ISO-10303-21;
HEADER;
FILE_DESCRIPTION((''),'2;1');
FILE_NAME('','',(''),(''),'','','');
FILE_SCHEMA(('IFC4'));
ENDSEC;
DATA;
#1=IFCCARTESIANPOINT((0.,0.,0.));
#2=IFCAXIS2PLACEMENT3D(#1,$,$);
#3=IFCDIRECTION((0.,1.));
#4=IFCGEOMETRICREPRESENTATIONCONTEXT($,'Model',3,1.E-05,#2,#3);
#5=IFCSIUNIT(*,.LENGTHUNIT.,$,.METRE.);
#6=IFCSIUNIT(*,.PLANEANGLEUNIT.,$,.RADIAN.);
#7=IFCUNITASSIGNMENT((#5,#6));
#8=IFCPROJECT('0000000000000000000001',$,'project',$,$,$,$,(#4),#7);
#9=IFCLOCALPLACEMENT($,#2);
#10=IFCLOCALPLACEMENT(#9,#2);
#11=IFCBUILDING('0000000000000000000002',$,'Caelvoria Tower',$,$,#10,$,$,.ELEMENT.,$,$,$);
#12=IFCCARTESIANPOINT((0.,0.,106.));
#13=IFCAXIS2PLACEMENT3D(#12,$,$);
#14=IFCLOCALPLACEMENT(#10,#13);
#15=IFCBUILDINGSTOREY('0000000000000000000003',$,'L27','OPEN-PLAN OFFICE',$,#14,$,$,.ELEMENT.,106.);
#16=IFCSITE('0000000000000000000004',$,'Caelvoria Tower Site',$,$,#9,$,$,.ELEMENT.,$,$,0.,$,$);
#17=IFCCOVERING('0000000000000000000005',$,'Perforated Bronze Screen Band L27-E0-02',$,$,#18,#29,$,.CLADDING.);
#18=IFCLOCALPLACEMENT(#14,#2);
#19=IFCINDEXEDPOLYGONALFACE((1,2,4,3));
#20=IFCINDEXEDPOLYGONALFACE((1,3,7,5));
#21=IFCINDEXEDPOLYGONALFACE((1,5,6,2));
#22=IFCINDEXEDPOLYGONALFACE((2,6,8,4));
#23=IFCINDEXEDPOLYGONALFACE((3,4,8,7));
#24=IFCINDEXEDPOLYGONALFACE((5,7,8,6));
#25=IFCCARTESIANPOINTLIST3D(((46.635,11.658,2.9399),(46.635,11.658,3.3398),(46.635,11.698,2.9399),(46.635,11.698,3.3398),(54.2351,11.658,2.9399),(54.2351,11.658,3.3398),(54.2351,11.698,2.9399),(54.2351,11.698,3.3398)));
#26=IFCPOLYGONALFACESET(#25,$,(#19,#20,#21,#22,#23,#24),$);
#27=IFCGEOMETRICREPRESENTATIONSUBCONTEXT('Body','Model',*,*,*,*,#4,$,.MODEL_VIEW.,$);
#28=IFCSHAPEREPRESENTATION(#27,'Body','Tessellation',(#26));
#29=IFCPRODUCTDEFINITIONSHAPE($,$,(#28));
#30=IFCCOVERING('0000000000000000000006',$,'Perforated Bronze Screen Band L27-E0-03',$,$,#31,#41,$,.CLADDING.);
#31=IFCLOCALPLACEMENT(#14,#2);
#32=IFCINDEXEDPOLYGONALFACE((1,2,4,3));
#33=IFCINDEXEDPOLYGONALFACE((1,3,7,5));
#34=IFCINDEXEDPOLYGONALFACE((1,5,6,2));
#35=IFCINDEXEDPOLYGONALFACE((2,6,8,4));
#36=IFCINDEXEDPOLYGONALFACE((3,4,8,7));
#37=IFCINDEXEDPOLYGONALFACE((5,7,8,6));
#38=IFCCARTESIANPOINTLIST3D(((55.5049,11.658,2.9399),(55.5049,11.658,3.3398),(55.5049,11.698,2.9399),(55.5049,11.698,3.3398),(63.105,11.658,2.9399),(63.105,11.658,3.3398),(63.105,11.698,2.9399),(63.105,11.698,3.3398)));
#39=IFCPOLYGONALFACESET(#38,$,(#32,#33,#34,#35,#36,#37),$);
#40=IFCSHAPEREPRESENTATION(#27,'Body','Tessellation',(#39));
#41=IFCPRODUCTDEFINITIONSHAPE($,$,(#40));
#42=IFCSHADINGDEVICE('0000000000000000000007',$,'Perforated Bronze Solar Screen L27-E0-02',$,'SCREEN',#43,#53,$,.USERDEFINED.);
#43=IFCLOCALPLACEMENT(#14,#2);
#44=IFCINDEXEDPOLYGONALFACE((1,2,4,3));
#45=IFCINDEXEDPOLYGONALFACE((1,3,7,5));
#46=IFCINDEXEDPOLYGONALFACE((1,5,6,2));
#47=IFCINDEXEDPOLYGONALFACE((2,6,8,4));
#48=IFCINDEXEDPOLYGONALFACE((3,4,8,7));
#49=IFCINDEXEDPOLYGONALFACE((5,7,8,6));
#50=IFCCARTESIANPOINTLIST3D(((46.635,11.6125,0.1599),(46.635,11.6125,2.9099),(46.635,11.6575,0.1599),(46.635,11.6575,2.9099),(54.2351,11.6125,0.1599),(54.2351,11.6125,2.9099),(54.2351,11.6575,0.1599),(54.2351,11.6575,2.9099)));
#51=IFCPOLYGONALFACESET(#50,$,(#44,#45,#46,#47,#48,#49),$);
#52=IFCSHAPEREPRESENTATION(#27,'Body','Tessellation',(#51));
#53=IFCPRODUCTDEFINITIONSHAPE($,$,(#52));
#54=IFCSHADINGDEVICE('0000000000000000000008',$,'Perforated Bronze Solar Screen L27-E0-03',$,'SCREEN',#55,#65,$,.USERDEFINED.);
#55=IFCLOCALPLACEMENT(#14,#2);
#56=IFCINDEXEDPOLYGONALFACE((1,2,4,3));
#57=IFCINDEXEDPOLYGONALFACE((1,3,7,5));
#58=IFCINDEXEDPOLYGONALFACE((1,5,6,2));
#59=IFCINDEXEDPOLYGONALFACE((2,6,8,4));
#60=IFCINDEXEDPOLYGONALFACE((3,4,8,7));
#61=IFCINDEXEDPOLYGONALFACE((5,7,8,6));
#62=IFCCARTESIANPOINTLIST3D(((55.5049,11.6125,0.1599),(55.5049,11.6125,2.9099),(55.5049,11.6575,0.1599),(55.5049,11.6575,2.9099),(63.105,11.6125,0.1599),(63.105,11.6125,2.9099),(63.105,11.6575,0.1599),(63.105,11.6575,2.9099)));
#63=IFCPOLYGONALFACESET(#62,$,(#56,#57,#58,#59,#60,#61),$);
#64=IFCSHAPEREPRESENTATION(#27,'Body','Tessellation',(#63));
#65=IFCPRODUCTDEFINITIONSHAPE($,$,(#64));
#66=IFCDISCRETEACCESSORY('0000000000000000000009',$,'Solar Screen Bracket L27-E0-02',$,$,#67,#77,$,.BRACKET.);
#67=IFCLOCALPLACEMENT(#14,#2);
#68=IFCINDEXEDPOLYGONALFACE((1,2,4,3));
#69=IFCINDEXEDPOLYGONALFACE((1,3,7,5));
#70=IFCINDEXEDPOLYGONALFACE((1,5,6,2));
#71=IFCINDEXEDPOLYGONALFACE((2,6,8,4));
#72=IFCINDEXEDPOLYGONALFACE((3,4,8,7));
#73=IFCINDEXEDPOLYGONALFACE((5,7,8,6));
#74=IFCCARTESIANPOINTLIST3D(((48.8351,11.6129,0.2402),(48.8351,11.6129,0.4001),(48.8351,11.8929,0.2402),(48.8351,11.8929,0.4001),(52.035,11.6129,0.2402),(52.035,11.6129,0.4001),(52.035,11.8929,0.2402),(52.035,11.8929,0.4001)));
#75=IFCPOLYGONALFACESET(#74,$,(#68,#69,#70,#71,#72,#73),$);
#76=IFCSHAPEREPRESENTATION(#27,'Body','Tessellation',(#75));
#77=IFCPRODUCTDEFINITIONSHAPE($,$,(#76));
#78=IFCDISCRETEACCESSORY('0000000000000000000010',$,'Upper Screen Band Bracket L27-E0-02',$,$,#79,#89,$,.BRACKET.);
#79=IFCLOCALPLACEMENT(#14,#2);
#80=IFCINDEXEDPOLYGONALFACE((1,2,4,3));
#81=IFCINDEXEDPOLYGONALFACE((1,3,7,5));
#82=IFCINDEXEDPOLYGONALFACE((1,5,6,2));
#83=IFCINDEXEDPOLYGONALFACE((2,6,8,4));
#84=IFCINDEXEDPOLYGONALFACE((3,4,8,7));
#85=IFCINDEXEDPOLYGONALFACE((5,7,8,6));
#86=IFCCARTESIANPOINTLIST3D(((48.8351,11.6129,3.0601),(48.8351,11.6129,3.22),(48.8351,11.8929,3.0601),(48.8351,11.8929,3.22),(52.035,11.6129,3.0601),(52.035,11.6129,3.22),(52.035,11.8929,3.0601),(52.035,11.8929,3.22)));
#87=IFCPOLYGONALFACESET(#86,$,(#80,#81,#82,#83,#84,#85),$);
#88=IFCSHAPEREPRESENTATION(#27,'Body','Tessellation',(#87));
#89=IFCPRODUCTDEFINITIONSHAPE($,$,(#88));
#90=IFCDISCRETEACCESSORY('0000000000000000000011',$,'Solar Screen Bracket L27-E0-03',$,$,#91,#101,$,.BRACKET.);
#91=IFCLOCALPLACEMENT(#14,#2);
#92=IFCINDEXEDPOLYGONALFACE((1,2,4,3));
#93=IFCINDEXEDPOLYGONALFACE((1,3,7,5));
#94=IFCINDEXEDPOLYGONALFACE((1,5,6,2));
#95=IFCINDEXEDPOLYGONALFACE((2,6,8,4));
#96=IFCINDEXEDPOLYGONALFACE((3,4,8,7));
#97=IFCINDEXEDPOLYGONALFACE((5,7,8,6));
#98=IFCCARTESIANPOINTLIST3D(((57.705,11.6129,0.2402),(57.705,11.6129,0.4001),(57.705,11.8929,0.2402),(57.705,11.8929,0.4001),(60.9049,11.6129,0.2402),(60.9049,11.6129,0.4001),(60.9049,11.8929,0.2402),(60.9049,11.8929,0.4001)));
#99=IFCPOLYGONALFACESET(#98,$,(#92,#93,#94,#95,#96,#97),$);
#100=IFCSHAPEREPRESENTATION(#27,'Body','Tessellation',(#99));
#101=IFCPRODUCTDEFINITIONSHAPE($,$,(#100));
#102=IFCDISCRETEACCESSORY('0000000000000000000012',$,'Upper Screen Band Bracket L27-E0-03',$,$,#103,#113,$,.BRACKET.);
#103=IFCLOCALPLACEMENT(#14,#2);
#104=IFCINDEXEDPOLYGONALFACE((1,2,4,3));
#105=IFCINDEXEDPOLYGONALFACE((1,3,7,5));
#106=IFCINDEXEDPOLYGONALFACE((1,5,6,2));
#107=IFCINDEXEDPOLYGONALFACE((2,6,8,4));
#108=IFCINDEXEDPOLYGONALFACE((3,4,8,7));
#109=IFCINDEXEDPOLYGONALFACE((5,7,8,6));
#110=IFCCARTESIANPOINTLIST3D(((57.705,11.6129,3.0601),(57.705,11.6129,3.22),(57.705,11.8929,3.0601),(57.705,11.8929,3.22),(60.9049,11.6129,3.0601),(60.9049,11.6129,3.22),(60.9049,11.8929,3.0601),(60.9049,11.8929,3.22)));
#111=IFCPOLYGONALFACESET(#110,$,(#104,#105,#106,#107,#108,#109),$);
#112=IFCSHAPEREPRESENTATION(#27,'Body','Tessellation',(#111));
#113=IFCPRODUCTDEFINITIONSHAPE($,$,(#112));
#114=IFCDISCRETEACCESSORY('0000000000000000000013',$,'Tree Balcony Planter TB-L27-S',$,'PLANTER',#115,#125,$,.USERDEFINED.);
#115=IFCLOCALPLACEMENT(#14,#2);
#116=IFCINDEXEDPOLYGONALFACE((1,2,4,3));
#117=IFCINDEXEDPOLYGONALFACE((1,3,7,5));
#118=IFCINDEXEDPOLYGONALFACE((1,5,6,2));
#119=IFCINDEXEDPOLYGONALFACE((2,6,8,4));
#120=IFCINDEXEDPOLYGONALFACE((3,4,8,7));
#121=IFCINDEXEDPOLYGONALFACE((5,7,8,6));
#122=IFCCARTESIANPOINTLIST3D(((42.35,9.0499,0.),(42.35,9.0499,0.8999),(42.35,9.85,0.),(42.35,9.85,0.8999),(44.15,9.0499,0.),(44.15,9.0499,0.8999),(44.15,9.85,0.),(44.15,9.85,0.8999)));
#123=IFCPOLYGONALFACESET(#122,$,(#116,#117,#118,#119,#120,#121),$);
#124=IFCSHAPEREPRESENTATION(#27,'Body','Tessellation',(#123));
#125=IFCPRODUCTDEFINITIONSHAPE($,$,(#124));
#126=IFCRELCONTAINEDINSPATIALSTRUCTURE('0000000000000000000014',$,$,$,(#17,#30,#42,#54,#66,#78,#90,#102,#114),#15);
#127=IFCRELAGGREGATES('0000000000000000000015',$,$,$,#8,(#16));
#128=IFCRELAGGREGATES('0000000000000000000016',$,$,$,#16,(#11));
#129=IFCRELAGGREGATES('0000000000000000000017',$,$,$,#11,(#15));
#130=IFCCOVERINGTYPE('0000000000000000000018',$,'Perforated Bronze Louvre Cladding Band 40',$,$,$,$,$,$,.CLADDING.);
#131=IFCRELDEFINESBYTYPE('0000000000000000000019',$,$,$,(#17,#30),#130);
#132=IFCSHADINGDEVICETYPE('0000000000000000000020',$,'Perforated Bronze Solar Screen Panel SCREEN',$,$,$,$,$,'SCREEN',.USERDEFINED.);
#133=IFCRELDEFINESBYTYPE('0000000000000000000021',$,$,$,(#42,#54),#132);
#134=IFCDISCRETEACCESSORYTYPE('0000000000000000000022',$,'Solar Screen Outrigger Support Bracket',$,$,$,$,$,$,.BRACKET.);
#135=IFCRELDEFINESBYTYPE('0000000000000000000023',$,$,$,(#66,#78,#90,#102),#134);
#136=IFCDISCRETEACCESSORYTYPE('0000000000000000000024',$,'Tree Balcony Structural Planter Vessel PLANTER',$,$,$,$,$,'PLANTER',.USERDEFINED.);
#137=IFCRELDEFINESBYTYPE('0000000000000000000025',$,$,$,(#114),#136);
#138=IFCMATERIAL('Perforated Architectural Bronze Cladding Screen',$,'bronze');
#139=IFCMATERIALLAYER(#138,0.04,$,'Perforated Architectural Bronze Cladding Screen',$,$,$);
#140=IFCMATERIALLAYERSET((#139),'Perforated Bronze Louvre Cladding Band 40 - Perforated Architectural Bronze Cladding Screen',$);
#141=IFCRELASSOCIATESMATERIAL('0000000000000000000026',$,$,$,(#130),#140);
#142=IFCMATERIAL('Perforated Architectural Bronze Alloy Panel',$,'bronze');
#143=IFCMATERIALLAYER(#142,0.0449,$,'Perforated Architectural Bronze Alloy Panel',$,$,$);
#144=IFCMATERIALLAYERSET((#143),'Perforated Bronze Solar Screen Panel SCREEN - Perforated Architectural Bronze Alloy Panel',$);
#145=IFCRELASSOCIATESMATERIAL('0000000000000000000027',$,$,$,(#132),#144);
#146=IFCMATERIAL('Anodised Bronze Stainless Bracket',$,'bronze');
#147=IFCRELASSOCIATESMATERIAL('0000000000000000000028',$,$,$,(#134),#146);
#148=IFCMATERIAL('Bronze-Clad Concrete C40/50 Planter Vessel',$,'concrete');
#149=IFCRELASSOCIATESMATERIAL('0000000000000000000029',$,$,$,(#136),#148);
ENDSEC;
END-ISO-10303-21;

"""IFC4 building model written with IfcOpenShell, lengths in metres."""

from ifc_helpers import new_model, si_unit, direction, frame, origin, origin_2d, place, context, subcontext, project, spatial, rectangle, extrude, material, layer, layer_set, type_object, element, save


model = new_model("IFC4")

# Units and contexts
model_context = context("Model", 3, precision=1e-05, world=origin(), true_north=direction((0.0, 1.0)))
body_context = subcontext(model_context, "Body", "Model", "MODEL_VIEW")
ifc_project = project(units=[si_unit("LENGTHUNIT", "METRE"), si_unit("PLANEANGLEUNIT", "RADIAN")], contexts=[model_context])

# Site, building, storey
site_placement = place(None, origin())
site = spatial("IfcSite", under=ifc_project, at=site_placement, Name="Caelvoria Tower Site", CompositionType="ELEMENT", RefElevation=0.0)
building_placement = place(site_placement, origin())
building = spatial("IfcBuilding", under=site, at=building_placement, Name="Caelvoria Tower", CompositionType="ELEMENT")
storey_placement = place(building_placement, frame((0.0, 0.0, 106.0)))
storey = spatial("IfcBuildingStorey", under=building, at=storey_placement, Name="L27", Description="OPEN-PLAN OFFICE", CompositionType="ELEMENT", Elevation=106.0)

# Coverings
ifc_material_1 = material(Name="Perforated Architectural Bronze Cladding Screen", Category="bronze")
ifc_layer_1 = layer(ifc_material_1, 0.04, Name="Perforated Architectural Bronze Cladding Screen")
ifc_layer_set_1 = layer_set([ifc_layer_1], Name="Perforated Bronze Louvre Cladding Band 40 - Perforated Architectural Bronze Cladding Screen")
covering_type = type_object("IfcCoveringType", Name="Perforated Bronze Louvre Cladding Band 40", PredefinedType="CLADDING", material=ifc_layer_set_1)
for number, where, z_axis, x_axis, name in (
    (1, (50.4351, 11.678, 2.9399), (0.0, 0.0, 1.0), (1.0, 0.0, 0.0), "Perforated Bronze Screen Band L27-E0-02"),
    (2, (59.3049, 11.678, 2.9399), (0.0, 0.0, 1.0), (1.0, 0.0, 0.0), "Perforated Bronze Screen Band L27-E0-03"),
):
    element("IfcCovering", number, at=place(storey_placement, frame(where, z_axis=z_axis, x_axis=x_axis)), inside=storey, type_object=covering_type, Name=name, PredefinedType="CLADDING", context=body_context, shape_type="SweptSolid", body=[
        extrude(rectangle(XDim=7.6001, YDim=0.04, at=origin_2d()), origin(), (0.0, 0.0, 1.0), 0.3999),
    ])

# Shading devices
ifc_material_2 = material(Name="Perforated Architectural Bronze Alloy Panel", Category="bronze")
ifc_layer_2 = layer(ifc_material_2, 0.0449, Name="Perforated Architectural Bronze Alloy Panel")
ifc_layer_set_2 = layer_set([ifc_layer_2], Name="Perforated Bronze Solar Screen Panel SCREEN - Perforated Architectural Bronze Alloy Panel")
shading_device_type = type_object("IfcShadingDeviceType", Name="Perforated Bronze Solar Screen Panel SCREEN", ElementType="SCREEN", PredefinedType="USERDEFINED", material=ifc_layer_set_2)
for number, where, z_axis, x_axis, name in (
    (3, (50.4351, 11.635, 0.1599), (0.0, 0.0, 1.0), (1.0, 0.0, 0.0), "Perforated Bronze Solar Screen L27-E0-02"),
    (4, (59.3049, 11.635, 0.1599), (0.0, 0.0, 1.0), (1.0, 0.0, 0.0), "Perforated Bronze Solar Screen L27-E0-03"),
):
    element("IfcShadingDevice", number, at=place(storey_placement, frame(where, z_axis=z_axis, x_axis=x_axis)), inside=storey, type_object=shading_device_type, Name=name, ObjectType="SCREEN", PredefinedType="USERDEFINED", context=body_context, shape_type="SweptSolid", body=[
        extrude(rectangle(XDim=7.6001, YDim=0.0449, at=origin_2d()), origin(), (0.0, 0.0, 1.0), 2.75),
    ])

# Discrete accessories
ifc_material_3 = material(Name="Anodised Bronze Stainless Bracket", Category="bronze")
discrete_accessory_type_1 = type_object("IfcDiscreteAccessoryType", Name="Solar Screen Outrigger Support Bracket", PredefinedType="BRACKET", material=ifc_material_3)
for number, where, z_axis, x_axis, name in (
    (5, (50.4351, 11.7529, 0.2402), (0.0, 0.0, 1.0), (1.0, 0.0, 0.0), "Solar Screen Bracket L27-E0-02"),
    (6, (50.4351, 11.7529, 3.0601), (0.0, 0.0, 1.0), (1.0, 0.0, 0.0), "Upper Screen Band Bracket L27-E0-02"),
    (7, (59.3049, 11.7529, 0.2402), (0.0, 0.0, 1.0), (1.0, 0.0, 0.0), "Solar Screen Bracket L27-E0-03"),
    (8, (59.3049, 11.7529, 3.0601), (0.0, 0.0, 1.0), (1.0, 0.0, 0.0), "Upper Screen Band Bracket L27-E0-03"),
):
    element("IfcDiscreteAccessory", number, at=place(storey_placement, frame(where, z_axis=z_axis, x_axis=x_axis)), inside=storey, type_object=discrete_accessory_type_1, Name=name, PredefinedType="BRACKET", context=body_context, shape_type="SweptSolid", body=[
        extrude(rectangle(XDim=3.2, YDim=0.28, at=origin_2d()), origin(), (0.0, 0.0, 1.0), 0.1599),
    ])
ifc_material_4 = material(Name="Bronze-Clad Concrete C40/50 Planter Vessel", Category="concrete")
discrete_accessory_type_2 = type_object("IfcDiscreteAccessoryType", Name="Tree Balcony Structural Planter Vessel PLANTER", ElementType="PLANTER", PredefinedType="USERDEFINED", material=ifc_material_4)
discrete_accessory_placement = place(storey_placement, frame((43.25, 9.45, 0.0), z_axis=(0.0, 0.0, 1.0), x_axis=(1.0, 0.0, 0.0)))
element("IfcDiscreteAccessory", 9, at=discrete_accessory_placement, inside=storey, type_object=discrete_accessory_type_2, Name="Tree Balcony Planter TB-L27-S", ObjectType="PLANTER", PredefinedType="USERDEFINED", context=body_context, shape_type="SweptSolid", body=[
    extrude(rectangle(XDim=1.8, YDim=0.8, at=origin_2d()), origin(), (0.0, 0.0, 1.0), 0.8999),
])

save(model, "model.ifc")
